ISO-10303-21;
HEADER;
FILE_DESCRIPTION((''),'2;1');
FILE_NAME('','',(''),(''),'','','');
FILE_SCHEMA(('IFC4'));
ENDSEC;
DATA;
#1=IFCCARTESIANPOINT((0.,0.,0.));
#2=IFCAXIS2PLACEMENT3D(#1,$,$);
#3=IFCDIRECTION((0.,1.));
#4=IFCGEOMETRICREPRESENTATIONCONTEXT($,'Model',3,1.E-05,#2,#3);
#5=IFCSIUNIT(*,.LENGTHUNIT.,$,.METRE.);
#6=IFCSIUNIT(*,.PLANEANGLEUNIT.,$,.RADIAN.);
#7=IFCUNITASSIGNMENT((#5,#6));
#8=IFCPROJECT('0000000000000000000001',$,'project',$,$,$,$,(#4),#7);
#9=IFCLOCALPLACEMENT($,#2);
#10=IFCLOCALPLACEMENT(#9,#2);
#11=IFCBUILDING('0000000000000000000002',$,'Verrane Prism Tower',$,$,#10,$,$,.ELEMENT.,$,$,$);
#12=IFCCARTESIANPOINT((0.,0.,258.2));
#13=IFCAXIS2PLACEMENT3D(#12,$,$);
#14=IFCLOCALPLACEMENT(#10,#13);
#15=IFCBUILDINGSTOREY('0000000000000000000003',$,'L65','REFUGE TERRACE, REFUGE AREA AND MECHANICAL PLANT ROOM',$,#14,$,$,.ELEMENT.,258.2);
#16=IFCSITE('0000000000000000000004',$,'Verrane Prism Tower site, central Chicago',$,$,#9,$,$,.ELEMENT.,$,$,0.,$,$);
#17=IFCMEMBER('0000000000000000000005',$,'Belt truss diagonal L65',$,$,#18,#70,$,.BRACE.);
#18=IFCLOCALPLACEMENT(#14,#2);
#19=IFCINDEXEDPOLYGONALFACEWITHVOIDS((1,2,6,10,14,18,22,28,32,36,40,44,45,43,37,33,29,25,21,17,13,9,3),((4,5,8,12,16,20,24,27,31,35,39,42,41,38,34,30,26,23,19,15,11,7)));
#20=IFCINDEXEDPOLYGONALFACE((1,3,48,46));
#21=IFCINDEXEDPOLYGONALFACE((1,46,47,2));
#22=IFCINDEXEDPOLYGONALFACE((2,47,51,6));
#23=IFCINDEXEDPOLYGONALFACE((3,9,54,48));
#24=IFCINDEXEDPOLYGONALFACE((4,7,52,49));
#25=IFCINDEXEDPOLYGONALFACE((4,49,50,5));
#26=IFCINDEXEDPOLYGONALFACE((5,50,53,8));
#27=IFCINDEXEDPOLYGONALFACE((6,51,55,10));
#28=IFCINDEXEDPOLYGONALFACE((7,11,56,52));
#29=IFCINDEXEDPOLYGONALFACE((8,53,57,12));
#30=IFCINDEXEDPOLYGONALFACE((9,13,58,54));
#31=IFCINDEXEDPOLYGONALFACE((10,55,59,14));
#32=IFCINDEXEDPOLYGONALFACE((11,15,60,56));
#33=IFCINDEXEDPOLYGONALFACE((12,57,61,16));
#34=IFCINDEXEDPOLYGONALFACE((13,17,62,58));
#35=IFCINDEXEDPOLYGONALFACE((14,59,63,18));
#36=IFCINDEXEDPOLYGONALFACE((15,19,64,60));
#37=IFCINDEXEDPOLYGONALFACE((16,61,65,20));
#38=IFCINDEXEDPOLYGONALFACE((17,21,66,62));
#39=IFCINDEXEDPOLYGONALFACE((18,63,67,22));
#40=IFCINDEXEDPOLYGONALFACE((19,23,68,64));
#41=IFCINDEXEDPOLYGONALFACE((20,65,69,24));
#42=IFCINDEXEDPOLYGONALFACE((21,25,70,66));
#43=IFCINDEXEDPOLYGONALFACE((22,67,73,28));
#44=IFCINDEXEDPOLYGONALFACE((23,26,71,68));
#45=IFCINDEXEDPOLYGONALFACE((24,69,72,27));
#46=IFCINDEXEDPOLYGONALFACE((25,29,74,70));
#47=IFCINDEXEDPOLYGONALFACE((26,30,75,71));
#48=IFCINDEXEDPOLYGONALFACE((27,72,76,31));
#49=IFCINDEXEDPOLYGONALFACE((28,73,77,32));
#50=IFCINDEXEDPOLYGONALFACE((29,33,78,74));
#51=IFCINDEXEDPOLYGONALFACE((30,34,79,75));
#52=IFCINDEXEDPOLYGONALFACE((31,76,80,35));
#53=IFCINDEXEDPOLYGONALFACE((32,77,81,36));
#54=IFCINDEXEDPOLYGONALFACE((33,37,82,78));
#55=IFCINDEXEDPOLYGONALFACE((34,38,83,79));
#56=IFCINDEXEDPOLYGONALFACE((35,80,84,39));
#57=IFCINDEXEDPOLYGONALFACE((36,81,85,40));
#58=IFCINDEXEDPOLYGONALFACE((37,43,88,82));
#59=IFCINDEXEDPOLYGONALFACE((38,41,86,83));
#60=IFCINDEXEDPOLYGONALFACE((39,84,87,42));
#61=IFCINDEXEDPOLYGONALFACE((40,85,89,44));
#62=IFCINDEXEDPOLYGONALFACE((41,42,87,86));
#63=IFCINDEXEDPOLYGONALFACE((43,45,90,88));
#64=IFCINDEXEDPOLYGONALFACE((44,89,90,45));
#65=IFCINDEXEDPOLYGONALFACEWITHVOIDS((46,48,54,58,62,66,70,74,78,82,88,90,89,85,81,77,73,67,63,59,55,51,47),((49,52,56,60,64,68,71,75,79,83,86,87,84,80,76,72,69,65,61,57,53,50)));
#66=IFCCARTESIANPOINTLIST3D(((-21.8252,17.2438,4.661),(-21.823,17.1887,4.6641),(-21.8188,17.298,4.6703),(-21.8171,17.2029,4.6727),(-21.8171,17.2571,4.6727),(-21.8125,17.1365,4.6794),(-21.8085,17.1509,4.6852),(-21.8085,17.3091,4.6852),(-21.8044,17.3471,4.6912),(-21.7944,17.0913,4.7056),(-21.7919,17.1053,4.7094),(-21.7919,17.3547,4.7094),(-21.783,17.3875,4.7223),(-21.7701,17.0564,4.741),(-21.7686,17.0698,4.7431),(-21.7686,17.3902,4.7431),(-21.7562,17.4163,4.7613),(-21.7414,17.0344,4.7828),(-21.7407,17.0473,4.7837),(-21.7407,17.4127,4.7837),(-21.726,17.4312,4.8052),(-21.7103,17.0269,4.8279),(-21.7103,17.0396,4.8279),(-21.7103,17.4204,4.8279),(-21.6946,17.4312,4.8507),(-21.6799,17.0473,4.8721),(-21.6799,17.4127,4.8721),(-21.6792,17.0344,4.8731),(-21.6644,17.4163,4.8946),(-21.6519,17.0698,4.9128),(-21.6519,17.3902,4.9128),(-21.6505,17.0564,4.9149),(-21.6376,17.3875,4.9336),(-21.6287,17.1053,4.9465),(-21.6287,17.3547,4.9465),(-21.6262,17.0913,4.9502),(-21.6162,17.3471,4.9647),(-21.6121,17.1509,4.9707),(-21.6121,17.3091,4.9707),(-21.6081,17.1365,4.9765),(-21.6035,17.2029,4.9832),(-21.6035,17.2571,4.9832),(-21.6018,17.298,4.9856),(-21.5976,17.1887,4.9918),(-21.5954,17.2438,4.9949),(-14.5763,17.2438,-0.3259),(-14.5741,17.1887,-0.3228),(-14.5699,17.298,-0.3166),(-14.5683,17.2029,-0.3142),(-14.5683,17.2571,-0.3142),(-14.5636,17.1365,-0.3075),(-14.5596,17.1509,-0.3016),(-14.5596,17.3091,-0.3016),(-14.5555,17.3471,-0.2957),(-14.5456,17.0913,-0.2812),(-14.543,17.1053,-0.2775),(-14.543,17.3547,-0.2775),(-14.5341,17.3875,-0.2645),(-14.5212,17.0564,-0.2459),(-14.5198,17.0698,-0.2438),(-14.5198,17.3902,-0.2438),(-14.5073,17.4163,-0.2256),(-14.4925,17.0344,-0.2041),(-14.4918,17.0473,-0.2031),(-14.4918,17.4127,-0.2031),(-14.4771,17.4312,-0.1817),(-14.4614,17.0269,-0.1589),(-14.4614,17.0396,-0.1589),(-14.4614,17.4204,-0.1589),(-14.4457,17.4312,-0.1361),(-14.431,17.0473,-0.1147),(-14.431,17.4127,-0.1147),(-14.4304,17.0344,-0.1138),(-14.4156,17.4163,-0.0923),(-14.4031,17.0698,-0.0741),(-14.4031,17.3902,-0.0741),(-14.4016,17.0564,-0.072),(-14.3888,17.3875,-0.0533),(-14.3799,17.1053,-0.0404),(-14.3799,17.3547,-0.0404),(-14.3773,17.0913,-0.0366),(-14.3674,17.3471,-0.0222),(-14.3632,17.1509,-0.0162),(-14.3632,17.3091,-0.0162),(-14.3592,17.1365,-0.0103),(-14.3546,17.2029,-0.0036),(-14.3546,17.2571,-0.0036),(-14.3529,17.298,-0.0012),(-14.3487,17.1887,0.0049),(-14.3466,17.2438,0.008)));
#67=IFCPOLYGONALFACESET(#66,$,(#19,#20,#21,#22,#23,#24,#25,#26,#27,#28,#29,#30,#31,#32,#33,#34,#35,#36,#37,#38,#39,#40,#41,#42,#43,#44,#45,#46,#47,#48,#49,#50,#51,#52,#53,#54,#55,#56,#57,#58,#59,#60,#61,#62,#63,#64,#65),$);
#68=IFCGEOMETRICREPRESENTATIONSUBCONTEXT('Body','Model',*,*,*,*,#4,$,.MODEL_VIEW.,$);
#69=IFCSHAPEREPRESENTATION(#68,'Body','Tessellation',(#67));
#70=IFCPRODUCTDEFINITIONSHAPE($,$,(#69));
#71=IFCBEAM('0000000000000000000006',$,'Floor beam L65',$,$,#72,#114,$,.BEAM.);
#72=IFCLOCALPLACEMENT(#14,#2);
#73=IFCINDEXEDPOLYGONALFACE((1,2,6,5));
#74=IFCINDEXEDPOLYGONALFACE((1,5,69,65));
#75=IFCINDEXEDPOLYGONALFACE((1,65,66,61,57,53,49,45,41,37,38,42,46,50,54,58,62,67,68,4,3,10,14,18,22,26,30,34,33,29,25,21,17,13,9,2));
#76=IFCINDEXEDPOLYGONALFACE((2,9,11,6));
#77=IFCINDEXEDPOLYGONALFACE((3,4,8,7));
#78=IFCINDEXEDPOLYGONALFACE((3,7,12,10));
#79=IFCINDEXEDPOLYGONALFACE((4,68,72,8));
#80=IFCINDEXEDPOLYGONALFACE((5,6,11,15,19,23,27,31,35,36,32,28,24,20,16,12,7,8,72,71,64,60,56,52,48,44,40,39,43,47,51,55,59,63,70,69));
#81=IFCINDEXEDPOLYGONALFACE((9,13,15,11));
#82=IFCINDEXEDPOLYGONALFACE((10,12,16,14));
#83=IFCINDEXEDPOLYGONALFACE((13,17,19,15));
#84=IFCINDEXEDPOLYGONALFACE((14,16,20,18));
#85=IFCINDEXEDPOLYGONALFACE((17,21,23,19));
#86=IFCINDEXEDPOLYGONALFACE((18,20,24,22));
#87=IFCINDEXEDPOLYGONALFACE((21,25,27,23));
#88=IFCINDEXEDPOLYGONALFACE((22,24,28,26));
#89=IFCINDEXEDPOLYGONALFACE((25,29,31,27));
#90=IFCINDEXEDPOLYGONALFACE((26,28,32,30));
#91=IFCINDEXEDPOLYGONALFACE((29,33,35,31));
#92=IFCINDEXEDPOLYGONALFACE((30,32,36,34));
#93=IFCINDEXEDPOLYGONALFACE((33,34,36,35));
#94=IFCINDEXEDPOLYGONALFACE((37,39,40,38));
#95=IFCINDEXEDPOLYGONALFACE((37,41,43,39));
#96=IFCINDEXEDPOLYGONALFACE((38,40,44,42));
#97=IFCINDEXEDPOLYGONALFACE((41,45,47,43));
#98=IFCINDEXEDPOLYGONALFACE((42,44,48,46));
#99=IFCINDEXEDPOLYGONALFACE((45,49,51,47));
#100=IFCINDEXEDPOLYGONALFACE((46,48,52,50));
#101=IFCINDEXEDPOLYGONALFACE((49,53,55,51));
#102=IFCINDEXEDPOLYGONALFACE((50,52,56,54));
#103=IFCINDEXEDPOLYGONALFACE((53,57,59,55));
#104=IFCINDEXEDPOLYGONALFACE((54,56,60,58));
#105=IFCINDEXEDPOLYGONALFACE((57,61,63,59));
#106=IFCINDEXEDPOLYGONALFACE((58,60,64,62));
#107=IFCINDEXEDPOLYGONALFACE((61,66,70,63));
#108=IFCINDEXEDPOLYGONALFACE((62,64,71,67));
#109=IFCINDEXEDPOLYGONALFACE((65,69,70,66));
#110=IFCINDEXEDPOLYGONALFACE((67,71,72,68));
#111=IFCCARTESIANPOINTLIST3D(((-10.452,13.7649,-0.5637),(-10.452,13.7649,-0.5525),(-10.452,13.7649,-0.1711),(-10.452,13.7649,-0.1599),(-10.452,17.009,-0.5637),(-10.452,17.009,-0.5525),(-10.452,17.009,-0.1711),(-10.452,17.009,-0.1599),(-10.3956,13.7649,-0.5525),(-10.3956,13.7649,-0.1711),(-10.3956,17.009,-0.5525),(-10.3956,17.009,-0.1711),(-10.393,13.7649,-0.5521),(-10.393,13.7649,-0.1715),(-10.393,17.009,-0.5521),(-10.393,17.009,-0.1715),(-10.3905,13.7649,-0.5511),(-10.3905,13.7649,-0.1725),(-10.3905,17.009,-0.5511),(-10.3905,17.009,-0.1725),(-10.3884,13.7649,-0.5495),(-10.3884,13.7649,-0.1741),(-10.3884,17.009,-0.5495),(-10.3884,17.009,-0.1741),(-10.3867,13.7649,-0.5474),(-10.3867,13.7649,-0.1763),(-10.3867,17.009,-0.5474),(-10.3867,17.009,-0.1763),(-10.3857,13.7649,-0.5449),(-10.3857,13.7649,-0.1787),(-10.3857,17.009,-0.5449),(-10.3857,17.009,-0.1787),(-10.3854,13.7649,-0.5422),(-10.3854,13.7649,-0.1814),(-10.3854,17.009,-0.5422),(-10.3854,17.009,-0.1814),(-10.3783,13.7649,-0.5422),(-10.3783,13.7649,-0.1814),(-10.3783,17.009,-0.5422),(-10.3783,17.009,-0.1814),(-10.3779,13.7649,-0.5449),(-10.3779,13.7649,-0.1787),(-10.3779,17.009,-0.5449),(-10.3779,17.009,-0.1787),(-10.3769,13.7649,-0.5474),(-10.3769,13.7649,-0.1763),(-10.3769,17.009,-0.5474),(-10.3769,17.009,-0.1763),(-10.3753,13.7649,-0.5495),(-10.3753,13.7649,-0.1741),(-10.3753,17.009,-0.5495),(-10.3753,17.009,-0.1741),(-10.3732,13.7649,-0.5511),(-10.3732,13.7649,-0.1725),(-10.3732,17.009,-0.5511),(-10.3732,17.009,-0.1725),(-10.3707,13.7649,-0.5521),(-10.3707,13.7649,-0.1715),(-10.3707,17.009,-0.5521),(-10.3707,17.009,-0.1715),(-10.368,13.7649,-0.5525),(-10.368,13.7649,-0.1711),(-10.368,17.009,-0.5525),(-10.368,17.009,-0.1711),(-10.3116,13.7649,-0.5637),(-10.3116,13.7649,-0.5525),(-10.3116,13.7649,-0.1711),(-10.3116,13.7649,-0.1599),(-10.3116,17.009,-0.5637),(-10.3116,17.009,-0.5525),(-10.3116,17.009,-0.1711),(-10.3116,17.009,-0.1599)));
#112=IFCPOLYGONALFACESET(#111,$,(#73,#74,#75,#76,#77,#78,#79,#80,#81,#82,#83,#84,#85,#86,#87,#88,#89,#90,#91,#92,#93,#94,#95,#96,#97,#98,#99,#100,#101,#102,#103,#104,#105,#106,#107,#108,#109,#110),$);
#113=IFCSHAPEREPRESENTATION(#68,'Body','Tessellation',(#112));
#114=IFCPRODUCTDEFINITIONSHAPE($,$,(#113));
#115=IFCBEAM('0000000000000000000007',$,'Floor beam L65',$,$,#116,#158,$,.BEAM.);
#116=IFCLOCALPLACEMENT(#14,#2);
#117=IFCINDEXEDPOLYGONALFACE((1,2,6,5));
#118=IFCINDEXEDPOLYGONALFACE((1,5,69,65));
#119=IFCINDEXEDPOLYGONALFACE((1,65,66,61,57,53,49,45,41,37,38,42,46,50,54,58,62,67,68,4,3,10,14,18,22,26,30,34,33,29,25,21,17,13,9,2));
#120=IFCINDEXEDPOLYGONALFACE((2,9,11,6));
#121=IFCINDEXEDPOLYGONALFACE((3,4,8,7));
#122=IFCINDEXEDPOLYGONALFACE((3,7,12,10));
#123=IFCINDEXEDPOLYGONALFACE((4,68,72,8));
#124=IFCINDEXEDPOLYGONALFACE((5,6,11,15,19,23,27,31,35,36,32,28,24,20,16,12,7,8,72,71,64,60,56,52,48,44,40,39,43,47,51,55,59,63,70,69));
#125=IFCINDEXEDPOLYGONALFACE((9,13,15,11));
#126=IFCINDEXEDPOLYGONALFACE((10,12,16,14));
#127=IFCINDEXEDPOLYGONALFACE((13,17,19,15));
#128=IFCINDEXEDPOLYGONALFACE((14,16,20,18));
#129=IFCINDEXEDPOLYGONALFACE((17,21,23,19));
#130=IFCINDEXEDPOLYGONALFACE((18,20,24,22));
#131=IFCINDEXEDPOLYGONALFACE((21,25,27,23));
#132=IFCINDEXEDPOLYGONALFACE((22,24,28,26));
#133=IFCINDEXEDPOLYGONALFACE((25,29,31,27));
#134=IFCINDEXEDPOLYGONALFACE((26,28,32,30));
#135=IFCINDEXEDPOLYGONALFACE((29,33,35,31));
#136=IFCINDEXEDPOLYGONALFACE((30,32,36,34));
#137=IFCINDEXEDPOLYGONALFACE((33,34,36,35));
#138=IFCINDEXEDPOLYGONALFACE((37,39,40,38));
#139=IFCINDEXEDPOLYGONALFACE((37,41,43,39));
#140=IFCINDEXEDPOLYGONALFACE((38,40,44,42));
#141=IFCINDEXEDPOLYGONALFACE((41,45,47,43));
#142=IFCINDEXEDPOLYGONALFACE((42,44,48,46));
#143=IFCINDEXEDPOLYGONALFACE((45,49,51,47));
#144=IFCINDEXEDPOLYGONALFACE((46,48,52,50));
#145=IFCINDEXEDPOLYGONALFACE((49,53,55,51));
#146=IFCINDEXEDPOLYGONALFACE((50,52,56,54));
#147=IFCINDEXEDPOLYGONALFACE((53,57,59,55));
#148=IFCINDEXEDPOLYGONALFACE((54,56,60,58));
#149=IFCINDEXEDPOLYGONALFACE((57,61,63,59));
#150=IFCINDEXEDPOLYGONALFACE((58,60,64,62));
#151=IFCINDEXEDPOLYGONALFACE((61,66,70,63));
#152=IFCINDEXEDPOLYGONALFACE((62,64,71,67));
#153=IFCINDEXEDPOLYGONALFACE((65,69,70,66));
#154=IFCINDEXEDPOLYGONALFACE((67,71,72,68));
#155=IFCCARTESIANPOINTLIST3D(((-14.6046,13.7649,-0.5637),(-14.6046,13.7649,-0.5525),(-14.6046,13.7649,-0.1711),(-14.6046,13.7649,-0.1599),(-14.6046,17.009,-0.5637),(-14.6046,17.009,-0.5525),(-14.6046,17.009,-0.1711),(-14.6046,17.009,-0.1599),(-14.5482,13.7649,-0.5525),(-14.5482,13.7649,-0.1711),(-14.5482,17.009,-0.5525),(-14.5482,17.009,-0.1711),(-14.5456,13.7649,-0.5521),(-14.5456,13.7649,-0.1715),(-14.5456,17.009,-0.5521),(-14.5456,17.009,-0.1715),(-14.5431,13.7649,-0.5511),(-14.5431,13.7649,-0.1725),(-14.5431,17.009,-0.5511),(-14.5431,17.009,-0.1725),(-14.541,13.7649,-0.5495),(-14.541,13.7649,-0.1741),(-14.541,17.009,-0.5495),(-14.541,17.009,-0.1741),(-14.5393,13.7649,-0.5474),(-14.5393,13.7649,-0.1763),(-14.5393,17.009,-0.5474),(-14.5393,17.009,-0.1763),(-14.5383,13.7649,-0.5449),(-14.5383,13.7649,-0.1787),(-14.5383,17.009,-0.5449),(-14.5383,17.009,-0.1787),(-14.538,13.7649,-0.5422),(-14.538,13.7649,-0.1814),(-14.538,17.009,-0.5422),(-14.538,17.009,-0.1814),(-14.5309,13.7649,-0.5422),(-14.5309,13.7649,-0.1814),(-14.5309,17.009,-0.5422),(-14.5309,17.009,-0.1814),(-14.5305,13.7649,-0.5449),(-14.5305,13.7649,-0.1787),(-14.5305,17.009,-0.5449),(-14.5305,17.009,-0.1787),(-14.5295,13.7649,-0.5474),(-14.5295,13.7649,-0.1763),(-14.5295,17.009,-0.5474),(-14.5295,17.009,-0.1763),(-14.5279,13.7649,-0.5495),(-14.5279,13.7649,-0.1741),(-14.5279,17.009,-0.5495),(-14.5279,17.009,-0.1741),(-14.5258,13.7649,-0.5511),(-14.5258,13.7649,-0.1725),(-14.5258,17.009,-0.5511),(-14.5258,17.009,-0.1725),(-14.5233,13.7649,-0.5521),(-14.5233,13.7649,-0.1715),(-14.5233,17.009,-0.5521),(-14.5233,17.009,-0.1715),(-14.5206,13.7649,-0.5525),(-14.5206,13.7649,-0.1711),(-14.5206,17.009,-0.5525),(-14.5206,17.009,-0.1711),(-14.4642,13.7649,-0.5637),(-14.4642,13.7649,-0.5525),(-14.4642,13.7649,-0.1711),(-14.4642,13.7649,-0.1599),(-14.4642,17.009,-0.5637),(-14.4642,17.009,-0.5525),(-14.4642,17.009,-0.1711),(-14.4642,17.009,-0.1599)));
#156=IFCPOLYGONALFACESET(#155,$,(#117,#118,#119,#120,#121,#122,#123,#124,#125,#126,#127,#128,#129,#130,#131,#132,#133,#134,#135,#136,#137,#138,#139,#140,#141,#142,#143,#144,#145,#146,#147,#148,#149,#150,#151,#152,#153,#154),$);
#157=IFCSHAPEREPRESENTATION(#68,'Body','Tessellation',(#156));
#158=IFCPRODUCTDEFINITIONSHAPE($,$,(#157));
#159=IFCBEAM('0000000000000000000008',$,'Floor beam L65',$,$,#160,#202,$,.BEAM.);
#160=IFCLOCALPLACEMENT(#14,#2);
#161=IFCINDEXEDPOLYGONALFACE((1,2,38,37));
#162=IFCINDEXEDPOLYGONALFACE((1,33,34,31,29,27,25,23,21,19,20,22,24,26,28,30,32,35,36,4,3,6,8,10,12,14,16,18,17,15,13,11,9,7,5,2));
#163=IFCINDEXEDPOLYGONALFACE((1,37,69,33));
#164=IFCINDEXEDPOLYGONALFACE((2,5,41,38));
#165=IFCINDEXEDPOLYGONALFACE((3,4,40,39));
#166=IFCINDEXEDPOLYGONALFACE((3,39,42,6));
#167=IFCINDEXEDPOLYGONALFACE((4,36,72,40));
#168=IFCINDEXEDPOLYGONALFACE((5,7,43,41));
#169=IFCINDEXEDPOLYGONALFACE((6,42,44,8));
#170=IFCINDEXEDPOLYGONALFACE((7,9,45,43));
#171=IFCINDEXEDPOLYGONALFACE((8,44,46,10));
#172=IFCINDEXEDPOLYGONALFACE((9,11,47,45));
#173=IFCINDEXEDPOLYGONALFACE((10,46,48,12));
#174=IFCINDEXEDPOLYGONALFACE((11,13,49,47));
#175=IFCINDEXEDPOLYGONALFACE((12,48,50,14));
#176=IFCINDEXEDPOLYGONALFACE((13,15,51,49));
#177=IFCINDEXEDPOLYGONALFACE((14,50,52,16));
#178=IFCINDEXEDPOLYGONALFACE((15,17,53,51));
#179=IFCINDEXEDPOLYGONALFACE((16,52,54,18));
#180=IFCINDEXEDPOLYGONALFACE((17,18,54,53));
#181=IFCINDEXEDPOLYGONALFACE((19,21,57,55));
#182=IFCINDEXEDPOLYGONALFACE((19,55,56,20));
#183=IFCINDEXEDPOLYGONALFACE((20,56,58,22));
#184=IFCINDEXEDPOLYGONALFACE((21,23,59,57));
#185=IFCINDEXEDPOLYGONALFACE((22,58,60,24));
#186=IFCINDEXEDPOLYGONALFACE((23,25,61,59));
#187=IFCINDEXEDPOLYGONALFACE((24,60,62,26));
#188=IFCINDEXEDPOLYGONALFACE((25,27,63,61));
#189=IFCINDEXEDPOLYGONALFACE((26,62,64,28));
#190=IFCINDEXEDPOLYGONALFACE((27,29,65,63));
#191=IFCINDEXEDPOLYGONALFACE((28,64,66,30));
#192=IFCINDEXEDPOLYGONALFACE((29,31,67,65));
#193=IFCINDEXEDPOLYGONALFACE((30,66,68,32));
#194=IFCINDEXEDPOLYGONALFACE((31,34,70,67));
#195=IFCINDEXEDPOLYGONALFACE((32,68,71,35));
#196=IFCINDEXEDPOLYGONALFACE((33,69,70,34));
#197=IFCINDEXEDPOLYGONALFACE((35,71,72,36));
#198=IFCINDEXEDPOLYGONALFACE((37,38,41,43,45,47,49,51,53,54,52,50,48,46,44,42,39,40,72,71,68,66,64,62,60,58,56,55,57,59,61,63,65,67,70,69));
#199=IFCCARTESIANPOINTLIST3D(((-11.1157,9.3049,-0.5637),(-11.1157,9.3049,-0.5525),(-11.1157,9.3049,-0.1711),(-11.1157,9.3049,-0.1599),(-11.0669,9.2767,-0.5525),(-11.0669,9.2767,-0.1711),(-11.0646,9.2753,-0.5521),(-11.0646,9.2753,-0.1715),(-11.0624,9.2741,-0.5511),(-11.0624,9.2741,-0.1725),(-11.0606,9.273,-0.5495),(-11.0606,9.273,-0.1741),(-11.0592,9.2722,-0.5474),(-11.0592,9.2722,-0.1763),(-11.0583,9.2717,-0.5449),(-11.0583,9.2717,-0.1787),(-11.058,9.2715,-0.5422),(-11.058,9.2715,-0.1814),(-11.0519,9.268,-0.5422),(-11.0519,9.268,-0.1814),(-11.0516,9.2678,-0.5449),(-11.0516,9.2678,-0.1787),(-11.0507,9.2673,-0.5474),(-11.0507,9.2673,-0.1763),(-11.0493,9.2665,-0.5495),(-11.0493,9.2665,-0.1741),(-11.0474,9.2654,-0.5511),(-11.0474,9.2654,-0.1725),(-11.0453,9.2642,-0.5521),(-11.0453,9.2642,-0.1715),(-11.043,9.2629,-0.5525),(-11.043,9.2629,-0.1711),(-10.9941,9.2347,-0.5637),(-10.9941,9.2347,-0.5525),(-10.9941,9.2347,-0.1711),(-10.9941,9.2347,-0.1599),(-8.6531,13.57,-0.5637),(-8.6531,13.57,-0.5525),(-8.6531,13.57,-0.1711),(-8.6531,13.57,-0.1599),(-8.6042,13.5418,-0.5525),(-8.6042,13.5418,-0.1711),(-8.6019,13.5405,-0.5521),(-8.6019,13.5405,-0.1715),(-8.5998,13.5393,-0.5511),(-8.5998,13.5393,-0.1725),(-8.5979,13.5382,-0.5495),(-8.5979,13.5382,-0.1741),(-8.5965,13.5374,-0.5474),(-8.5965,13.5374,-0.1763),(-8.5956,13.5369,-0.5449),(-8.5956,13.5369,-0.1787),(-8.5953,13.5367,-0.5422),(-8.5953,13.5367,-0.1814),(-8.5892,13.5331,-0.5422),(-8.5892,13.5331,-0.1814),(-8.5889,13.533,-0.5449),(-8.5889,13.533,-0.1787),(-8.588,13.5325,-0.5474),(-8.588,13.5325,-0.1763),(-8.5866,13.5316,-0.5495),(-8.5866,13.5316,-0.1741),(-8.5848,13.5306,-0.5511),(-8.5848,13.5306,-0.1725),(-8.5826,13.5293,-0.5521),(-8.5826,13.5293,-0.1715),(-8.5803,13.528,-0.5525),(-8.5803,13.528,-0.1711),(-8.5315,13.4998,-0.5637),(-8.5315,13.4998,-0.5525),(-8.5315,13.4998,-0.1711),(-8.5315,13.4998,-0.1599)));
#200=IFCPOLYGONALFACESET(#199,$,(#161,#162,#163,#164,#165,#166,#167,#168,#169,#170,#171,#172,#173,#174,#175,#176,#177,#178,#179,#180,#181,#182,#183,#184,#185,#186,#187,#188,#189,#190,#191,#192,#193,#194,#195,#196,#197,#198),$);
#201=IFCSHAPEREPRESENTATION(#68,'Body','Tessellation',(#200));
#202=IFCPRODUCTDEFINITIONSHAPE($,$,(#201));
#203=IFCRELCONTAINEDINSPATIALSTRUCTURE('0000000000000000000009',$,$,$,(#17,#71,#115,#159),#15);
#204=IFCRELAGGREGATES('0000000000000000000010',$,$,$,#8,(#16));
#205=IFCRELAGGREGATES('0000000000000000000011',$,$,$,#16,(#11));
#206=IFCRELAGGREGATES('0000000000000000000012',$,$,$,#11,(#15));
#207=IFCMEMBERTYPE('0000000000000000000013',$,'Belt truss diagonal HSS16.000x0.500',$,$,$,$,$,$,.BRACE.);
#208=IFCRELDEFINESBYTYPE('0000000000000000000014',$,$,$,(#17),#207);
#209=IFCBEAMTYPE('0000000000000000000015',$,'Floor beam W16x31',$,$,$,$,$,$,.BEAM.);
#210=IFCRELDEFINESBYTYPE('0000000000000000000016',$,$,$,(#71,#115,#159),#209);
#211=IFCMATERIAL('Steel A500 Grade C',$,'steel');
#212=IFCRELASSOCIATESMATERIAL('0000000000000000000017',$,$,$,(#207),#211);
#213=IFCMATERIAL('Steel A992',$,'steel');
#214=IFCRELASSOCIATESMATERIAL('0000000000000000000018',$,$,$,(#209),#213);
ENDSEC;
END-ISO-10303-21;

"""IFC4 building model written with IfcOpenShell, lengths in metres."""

from ifc_helpers import new_model, si_unit, direction, frame, origin, origin_2d, place, context, subcontext, project, spatial, hollow_circle, i_section, extrude, material, material_profile, profile_set, type_object, element, save


model = new_model("IFC4")

# Units and contexts
model_context = context("Model", 3, precision=1e-05, world=origin(), true_north=direction((0.0, 1.0)))
body_context = subcontext(model_context, "Body", "Model", "MODEL_VIEW")
ifc_project = project(units=[si_unit("LENGTHUNIT", "METRE"), si_unit("PLANEANGLEUNIT", "RADIAN")], contexts=[model_context])

# Site, building, storey
site_placement = place(None, origin())
site = spatial("IfcSite", under=ifc_project, at=site_placement, Name="Verrane Prism Tower site, central Chicago", CompositionType="ELEMENT", RefElevation=0.0)
building_placement = place(site_placement, origin())
building = spatial("IfcBuilding", under=site, at=building_placement, Name="Verrane Prism Tower", CompositionType="ELEMENT")
storey_placement = place(building_placement, frame((0.0, 0.0, 258.2)))
storey = spatial("IfcBuildingStorey", under=building, at=storey_placement, Name="L65", Description="REFUGE TERRACE, REFUGE AREA AND MECHANICAL PLANT ROOM", CompositionType="ELEMENT", Elevation=258.2)

# Member
ifc_material_1 = material(Name="Steel A500 Grade C", Category="steel")
ifc_material_profile_1 = material_profile(ifc_material_1, hollow_circle(Radius=0.2031, WallThickness=0.0127, at=origin_2d()), Name="HSS16.000x0.500")
ifc_profile_set_1 = profile_set([ifc_material_profile_1], Name="Steel A500 Grade C")
member_type_1 = type_object("IfcMemberType", Name="Belt truss diagonal HSS16.000x0.500", PredefinedType="BRACE", material=ifc_profile_set_1)
member_1_placement = place(storey_placement, frame((-14.4614, 17.23, -0.1589), z_axis=(-0.823868, 0.0, 0.566782), x_axis=(0.0, -1.0, 0.0)))
element("IfcMember", 1, at=member_1_placement, inside=storey, type_object=member_type_1, Name="Belt truss diagonal L65", PredefinedType="BRACE", context=body_context, shape_type="SweptSolid", body=[
    extrude(hollow_circle(Radius=0.2031, WallThickness=0.0127, at=origin_2d()), origin(), (0.0, 0.0, 1.0), 8.7986),
])

# Beams
ifc_material_2 = material(Name="Steel A992", Category="steel")
ifc_material_profile_2 = material_profile(ifc_material_2, i_section(OverallWidth=0.1404, OverallDepth=0.4038, WebThickness=0.0071, FlangeThickness=0.0112, FilletRadius=0.0103, at=origin_2d()), Name="W16x31")
ifc_profile_set_2 = profile_set([ifc_material_profile_2], Name="Steel A992")
beam_type_1 = type_object("IfcBeamType", Name="Floor beam W16x31", PredefinedType="BEAM", material=ifc_profile_set_2)
for number, where, z_axis, x_axis, name in (
    (2, (-10.3818, 13.7649, -0.3618), (0.0, 1.0, 0.0), (-1.0, 0.0, 0.0), "Floor beam L65"),
    (3, (-14.5344, 13.7649, -0.3618), (0.0, 1.0, 0.0), (-1.0, 0.0, 0.0), "Floor beam L65"),
):
    element("IfcBeam", number, at=place(storey_placement, frame(where, z_axis=z_axis, x_axis=x_axis)), inside=storey, type_object=beam_type_1, Name=name, PredefinedType="BEAM", context=body_context, shape_type="SweptSolid", body=[
        extrude(i_section(OverallWidth=0.1404, OverallDepth=0.4038, WebThickness=0.0071, FlangeThickness=0.0112, FilletRadius=0.0103, at=origin_2d()), origin(), (0.0, 0.0, 1.0), 3.2441),
    ])
beam_1_placement = place(storey_placement, frame((-11.0549, 9.2698, -0.3618), z_axis=(0.500026, 0.866011, 0.0), x_axis=(-0.866011, 0.500026, 0.0)))
element("IfcBeam", 4, at=beam_1_placement, inside=storey, type_object=beam_type_1, Name="Floor beam L65", PredefinedType="BEAM", context=body_context, shape_type="SweptSolid", body=[
    extrude(i_section(OverallWidth=0.1404, OverallDepth=0.4038, WebThickness=0.0071, FlangeThickness=0.0112, FilletRadius=0.0103, at=origin_2d()), origin(), (0.0, 0.0, 1.0), 4.925),
])

save(model, "model.ifc")
